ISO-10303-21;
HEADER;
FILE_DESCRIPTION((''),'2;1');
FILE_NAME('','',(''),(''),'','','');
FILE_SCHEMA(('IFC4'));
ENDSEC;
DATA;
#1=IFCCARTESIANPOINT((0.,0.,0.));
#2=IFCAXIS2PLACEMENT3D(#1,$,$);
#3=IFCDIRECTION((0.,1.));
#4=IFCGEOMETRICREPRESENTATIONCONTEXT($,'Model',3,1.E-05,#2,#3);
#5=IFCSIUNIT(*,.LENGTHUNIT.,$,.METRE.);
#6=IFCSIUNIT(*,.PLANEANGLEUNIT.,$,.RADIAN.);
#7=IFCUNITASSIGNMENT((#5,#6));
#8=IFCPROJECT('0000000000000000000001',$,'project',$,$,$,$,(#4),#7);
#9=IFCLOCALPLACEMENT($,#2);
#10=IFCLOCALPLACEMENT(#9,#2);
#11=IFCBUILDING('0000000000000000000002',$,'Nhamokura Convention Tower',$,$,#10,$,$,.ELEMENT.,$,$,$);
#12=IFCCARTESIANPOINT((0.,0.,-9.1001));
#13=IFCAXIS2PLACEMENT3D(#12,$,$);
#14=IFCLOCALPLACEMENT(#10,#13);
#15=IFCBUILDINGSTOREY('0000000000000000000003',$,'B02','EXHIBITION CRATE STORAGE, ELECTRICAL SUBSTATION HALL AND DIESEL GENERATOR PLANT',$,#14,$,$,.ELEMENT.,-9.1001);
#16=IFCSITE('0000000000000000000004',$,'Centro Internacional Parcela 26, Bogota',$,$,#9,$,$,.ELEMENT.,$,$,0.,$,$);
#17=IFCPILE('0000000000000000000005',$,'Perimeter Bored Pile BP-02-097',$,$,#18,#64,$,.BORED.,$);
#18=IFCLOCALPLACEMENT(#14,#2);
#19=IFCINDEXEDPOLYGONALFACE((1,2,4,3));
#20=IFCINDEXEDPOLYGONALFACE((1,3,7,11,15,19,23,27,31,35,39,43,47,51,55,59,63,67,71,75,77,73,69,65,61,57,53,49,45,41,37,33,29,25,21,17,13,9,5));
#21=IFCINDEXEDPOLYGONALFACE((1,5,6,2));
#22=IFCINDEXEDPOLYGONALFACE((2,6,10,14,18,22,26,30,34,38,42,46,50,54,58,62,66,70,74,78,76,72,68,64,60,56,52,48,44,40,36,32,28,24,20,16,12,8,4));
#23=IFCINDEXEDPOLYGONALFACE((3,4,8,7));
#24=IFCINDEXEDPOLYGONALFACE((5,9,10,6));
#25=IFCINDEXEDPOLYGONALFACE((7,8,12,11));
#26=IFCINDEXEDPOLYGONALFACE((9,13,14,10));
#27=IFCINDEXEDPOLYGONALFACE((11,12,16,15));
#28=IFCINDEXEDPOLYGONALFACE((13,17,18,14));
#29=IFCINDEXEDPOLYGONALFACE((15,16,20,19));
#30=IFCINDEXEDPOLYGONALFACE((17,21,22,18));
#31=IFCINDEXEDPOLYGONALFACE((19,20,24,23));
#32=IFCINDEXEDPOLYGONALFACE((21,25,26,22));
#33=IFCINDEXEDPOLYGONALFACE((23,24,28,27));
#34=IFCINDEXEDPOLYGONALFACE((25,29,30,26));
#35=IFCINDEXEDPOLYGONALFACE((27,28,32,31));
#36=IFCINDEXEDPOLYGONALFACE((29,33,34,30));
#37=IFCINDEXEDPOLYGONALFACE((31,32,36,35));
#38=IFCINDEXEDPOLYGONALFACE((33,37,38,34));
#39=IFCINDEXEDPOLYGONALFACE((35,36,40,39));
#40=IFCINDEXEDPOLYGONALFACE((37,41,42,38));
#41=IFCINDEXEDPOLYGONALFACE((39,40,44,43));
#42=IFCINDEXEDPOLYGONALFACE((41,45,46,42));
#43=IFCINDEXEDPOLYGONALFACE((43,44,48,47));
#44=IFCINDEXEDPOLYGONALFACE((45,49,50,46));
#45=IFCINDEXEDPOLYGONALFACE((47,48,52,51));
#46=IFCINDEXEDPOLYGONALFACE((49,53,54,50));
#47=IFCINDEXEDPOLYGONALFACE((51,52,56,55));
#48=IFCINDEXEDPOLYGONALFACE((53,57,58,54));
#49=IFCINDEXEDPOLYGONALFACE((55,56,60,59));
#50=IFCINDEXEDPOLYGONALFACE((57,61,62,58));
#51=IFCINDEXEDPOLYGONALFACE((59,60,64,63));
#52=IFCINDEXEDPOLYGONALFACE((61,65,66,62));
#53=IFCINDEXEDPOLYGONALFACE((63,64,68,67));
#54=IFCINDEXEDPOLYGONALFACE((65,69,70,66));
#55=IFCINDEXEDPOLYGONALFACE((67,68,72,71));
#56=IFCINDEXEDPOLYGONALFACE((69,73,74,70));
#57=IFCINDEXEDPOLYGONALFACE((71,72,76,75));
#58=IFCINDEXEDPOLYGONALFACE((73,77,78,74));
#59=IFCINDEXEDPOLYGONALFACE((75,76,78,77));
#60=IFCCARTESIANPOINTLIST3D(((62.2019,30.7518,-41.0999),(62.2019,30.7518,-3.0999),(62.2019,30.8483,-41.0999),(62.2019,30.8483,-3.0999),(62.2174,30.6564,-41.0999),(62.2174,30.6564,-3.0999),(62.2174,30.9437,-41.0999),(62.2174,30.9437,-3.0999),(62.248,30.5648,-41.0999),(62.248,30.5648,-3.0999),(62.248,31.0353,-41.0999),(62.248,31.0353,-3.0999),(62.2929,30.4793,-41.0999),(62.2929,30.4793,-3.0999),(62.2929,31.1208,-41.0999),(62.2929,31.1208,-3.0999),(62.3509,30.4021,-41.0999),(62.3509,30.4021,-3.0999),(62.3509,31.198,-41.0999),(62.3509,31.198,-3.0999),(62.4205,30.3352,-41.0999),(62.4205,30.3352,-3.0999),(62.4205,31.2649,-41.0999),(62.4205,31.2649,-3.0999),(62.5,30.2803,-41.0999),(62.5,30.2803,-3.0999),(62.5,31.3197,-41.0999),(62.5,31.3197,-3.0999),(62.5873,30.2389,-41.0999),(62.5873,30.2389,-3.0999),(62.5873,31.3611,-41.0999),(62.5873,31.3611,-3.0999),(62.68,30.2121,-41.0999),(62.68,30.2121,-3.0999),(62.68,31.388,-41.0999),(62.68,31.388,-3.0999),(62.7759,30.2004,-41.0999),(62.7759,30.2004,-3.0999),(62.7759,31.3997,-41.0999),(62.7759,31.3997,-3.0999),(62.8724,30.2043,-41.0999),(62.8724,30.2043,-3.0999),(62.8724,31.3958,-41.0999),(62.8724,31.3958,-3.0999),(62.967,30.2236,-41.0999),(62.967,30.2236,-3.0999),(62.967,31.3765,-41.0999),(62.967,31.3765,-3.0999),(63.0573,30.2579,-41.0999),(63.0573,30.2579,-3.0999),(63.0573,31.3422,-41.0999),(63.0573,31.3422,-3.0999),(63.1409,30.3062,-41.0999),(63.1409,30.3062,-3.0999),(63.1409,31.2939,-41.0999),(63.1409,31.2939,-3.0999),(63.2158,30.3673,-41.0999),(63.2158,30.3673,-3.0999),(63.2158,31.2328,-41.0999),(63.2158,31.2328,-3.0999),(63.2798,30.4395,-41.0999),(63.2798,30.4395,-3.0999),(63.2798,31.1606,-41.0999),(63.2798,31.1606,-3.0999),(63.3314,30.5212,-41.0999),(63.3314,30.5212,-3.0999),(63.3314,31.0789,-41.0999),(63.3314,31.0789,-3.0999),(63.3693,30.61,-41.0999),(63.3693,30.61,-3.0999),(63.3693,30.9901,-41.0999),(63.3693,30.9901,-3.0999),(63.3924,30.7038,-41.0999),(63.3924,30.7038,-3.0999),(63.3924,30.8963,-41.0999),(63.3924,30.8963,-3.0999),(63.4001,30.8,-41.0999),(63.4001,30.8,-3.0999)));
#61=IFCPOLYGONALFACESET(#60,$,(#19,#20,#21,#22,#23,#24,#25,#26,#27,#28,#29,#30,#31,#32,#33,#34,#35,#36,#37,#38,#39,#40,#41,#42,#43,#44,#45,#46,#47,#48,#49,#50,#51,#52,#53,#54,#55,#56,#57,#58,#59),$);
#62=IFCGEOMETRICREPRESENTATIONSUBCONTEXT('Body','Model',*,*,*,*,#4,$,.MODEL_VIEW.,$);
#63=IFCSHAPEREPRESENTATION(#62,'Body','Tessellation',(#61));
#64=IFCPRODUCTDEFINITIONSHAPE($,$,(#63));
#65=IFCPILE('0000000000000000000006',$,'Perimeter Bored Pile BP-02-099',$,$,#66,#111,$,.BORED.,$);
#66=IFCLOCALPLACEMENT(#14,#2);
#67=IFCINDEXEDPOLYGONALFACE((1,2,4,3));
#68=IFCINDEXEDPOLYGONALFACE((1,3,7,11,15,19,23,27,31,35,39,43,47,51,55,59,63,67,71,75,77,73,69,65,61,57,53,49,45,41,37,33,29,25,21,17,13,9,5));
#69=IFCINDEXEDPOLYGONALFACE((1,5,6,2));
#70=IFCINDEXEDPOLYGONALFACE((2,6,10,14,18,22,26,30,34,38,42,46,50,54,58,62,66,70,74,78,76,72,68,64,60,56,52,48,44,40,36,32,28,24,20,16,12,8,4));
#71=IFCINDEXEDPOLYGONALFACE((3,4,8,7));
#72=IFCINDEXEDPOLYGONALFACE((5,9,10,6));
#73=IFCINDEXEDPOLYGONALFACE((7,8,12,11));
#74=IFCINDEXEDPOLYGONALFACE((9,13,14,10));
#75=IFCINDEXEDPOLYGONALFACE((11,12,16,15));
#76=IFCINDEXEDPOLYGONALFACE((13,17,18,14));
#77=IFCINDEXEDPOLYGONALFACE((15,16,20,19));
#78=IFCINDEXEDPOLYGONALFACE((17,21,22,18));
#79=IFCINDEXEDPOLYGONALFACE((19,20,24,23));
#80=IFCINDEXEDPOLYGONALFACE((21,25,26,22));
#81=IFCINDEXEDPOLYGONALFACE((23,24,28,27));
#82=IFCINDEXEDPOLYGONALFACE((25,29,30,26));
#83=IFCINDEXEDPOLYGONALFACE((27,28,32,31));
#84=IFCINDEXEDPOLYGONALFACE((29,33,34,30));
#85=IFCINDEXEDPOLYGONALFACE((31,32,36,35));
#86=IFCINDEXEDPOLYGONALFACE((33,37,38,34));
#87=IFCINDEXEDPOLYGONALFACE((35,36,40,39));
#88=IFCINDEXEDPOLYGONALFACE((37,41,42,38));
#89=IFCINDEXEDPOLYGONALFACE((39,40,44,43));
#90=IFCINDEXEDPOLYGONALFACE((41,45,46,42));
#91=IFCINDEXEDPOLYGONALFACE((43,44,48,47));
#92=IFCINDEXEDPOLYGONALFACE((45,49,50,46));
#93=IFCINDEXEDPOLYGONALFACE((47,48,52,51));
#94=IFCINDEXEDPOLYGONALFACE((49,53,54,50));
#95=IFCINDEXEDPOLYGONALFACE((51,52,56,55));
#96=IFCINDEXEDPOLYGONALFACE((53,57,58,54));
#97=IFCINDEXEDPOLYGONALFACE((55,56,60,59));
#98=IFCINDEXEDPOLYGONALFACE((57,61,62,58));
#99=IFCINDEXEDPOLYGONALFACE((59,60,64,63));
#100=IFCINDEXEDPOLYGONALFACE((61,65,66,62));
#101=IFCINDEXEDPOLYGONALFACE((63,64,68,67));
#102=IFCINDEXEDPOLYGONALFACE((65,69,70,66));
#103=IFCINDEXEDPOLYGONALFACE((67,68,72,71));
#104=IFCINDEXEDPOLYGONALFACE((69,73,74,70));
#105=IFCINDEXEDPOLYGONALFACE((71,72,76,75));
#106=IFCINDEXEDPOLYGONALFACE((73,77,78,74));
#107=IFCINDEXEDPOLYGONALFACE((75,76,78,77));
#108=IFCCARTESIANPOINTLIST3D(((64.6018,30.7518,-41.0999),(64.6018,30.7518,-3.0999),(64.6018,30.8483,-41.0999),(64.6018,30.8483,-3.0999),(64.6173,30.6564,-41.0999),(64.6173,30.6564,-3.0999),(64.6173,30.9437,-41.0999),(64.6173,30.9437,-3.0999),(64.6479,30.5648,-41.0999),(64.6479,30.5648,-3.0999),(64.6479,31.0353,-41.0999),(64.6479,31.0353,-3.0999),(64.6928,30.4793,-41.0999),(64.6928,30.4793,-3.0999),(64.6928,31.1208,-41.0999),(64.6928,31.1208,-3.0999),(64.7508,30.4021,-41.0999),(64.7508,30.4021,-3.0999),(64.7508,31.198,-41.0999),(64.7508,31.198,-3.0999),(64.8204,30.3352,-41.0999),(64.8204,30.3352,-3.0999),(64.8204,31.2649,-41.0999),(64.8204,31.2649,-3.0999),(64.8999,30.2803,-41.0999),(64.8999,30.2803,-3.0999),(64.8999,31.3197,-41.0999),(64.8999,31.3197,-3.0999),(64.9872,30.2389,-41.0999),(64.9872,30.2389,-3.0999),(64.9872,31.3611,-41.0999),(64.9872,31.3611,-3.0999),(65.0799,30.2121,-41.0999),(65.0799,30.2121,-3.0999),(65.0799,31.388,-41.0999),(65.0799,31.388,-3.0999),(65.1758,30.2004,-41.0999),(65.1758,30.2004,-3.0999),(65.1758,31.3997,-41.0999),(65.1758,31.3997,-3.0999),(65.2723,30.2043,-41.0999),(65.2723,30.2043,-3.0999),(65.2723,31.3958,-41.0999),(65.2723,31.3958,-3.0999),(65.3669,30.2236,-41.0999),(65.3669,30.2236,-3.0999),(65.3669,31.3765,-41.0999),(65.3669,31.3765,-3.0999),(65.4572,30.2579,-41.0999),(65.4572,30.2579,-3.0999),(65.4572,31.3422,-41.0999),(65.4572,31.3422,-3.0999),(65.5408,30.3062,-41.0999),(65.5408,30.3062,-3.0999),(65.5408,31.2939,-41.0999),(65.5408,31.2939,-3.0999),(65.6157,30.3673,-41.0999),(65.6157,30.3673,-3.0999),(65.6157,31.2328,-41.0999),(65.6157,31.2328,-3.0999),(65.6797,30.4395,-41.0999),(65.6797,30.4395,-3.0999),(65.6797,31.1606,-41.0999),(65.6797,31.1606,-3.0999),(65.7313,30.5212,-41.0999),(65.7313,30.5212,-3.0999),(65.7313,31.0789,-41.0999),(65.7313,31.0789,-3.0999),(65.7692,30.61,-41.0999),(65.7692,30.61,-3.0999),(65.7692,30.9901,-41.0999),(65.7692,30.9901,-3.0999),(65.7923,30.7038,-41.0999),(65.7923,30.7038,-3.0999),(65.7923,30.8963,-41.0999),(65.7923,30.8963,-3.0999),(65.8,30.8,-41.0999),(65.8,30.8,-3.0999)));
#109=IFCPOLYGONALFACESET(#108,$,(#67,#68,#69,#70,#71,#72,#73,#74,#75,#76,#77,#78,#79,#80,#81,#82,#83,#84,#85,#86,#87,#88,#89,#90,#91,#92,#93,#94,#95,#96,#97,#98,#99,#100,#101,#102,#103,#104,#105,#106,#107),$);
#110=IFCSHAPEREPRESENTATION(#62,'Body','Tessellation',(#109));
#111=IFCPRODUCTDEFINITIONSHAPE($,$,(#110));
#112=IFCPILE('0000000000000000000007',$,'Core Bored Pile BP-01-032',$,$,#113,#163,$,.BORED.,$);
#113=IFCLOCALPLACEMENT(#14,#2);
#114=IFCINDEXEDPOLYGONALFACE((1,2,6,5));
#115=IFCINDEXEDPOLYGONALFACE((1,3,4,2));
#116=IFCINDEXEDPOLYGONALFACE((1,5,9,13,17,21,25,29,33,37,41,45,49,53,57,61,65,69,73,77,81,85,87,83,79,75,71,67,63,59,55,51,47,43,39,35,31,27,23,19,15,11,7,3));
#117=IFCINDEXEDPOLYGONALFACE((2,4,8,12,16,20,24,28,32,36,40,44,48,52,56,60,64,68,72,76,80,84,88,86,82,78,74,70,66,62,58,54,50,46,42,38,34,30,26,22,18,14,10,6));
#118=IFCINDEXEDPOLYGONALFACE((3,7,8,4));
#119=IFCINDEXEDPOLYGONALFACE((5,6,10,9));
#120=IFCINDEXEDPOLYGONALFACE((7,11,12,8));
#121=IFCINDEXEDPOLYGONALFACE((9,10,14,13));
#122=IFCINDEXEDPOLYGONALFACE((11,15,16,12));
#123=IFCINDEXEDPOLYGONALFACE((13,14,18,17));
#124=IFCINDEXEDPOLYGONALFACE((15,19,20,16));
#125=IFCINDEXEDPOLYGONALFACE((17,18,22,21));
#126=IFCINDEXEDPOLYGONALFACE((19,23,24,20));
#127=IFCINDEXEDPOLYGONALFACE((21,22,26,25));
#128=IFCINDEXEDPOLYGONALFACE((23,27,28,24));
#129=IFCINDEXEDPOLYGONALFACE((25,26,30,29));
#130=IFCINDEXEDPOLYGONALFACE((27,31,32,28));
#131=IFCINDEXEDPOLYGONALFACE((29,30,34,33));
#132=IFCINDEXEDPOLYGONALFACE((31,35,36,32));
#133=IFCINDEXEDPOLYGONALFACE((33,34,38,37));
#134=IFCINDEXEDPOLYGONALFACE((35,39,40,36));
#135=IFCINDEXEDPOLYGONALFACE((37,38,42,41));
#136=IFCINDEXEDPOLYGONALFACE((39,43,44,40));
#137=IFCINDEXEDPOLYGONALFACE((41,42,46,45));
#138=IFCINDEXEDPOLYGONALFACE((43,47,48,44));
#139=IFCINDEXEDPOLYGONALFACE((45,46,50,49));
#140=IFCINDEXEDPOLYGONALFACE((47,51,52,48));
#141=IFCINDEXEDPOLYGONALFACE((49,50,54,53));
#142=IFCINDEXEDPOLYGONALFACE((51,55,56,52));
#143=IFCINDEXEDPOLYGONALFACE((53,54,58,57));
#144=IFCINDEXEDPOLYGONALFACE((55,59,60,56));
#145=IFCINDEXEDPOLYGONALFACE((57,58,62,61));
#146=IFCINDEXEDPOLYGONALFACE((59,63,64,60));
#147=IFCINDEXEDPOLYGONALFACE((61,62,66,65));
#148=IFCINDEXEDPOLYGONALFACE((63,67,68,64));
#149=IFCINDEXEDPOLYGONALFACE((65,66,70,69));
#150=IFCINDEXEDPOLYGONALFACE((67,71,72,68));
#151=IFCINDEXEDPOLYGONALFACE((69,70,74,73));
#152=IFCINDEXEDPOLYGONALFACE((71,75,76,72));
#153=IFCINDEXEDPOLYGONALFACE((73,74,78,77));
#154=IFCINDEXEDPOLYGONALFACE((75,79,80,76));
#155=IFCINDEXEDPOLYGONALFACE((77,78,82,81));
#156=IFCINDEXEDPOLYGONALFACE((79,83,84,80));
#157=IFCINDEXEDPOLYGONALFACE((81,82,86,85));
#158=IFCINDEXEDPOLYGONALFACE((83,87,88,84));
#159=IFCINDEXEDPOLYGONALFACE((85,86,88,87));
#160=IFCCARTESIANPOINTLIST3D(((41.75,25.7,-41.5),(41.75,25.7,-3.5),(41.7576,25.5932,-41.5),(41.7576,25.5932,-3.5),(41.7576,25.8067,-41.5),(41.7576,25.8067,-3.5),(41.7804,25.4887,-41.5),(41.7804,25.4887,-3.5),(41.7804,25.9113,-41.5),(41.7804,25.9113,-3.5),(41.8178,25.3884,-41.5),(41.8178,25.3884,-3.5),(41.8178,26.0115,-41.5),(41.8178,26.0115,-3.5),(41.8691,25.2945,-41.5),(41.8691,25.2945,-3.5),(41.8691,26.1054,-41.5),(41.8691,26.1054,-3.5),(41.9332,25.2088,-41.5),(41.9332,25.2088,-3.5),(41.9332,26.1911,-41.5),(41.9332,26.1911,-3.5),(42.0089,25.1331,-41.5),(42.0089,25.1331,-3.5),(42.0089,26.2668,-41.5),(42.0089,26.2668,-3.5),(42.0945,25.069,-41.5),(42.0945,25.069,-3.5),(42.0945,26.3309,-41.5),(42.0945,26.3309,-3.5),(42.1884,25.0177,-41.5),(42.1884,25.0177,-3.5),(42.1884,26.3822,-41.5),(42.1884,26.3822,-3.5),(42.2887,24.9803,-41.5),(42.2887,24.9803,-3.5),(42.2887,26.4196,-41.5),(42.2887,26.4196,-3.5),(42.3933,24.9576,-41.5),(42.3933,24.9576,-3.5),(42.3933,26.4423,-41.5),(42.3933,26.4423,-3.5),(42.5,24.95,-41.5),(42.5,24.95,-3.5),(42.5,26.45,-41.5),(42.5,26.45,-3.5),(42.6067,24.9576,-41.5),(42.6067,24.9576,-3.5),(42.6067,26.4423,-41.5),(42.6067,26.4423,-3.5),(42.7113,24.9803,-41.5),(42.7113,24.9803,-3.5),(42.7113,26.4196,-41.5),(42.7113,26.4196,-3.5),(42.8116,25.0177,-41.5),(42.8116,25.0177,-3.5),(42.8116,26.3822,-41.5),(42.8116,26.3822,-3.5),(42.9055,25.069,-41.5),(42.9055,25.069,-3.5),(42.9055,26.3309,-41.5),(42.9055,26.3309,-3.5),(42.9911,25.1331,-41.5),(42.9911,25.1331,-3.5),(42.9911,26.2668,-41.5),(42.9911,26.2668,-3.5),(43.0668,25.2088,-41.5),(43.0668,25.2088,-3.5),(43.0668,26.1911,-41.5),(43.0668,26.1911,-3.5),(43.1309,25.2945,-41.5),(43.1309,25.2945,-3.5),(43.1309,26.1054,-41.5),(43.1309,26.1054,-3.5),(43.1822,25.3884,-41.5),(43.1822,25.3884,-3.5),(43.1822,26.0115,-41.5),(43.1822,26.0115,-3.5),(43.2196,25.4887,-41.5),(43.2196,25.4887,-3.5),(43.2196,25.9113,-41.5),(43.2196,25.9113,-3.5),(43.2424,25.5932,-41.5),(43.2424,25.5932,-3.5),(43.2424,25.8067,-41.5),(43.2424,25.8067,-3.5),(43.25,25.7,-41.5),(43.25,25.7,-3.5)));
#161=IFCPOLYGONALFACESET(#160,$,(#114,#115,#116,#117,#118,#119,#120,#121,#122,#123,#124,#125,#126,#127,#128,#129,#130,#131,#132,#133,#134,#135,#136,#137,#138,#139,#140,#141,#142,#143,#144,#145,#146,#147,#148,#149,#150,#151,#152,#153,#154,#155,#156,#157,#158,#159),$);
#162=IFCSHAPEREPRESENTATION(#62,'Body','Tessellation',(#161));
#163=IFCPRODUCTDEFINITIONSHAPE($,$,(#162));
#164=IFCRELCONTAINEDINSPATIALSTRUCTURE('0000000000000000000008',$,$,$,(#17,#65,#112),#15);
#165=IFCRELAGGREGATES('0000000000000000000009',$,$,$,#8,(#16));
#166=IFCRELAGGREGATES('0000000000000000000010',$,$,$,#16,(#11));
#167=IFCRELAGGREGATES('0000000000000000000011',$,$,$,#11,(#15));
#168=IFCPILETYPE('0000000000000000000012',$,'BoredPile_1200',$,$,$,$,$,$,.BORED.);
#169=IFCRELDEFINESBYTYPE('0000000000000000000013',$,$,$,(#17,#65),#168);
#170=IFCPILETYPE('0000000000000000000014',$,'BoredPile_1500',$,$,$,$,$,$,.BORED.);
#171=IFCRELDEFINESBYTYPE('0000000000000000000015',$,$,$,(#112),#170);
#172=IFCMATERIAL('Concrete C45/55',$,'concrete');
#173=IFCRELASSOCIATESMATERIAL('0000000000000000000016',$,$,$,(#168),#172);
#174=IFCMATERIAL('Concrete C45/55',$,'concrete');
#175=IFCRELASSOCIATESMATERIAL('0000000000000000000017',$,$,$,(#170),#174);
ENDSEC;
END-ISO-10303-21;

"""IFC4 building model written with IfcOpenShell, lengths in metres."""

from ifc_helpers import new_model, si_unit, direction, frame, origin, origin_2d, place, context, subcontext, project, spatial, circle, extrude, material, material_profile, profile_set, type_object, element, save


model = new_model("IFC4")

# Units and contexts
model_context = context("Model", 3, precision=1e-05, world=origin(), true_north=direction((0.0, 1.0)))
body_context = subcontext(model_context, "Body", "Model", "MODEL_VIEW")
ifc_project = project(units=[si_unit("LENGTHUNIT", "METRE"), si_unit("PLANEANGLEUNIT", "RADIAN")], contexts=[model_context])

# Site, building, storey
site_placement = place(None, origin())
site = spatial("IfcSite", under=ifc_project, at=site_placement, Name="Centro Internacional Parcela 26, Bogota", CompositionType="ELEMENT", RefElevation=0.0)
building_placement = place(site_placement, origin())
building = spatial("IfcBuilding", under=site, at=building_placement, Name="Nhamokura Convention Tower", CompositionType="ELEMENT")
storey_placement = place(building_placement, frame((0.0, 0.0, -9.1001)))
storey = spatial("IfcBuildingStorey", under=building, at=storey_placement, Name="B02", Description="EXHIBITION CRATE STORAGE, ELECTRICAL SUBSTATION HALL AND DIESEL GENERATOR PLANT", CompositionType="ELEMENT", Elevation=-9.1001)

# Piles
ifc_material_1 = material(Name="Concrete C45/55", Category="concrete")
ifc_material_profile_1 = material_profile(ifc_material_1, circle(Radius=0.6001, at=origin_2d()))
ifc_profile_set_1 = profile_set([ifc_material_profile_1], Name="Concrete C45/55")
pile_type_1 = type_object("IfcPileType", Name="BoredPile_1200", PredefinedType="BORED", material=ifc_profile_set_1)
for number, where, z_axis, x_axis, name in (
    (1, (62.8, 30.8, -3.0999), (0.0, 0.0, -1.0), (1.0, 0.0, 0.0), "Perimeter Bored Pile BP-02-097"),
    (2, (65.2, 30.8, -3.0999), (0.0, 0.0, -1.0), (1.0, 0.0, 0.0), "Perimeter Bored Pile BP-02-099"),
):
    element("IfcPile", number, at=place(storey_placement, frame(where, z_axis=z_axis, x_axis=x_axis)), inside=storey, type_object=pile_type_1, Name=name, PredefinedType="BORED", context=body_context, shape_type="SweptSolid", body=[
        extrude(circle(Radius=0.6001, at=origin_2d()), origin(), (0.0, 0.0, 1.0), 38.0),
    ])
ifc_material_2 = material(Name="Concrete C45/55", Category="concrete")
ifc_material_profile_2 = material_profile(ifc_material_2, circle(Radius=0.75, at=origin_2d()))
ifc_profile_set_2 = profile_set([ifc_material_profile_2], Name="Concrete C45/55")
pile_type_2 = type_object("IfcPileType", Name="BoredPile_1500", PredefinedType="BORED", material=ifc_profile_set_2)
for number, where, z_axis, x_axis, name in (
    (3, (42.5, 25.7, -3.5), (0.0, 0.0, -1.0), (1.0, 0.0, 0.0), "Core Bored Pile BP-01-032"),
):
    element("IfcPile", number, at=place(storey_placement, frame(where, z_axis=z_axis, x_axis=x_axis)), inside=storey, type_object=pile_type_2, Name=name, PredefinedType="BORED", context=body_context, shape_type="SweptSolid", body=[
        extrude(circle(Radius=0.75, at=origin_2d()), origin(), (0.0, 0.0, 1.0), 38.0),
    ])

save(model, "model.ifc")
